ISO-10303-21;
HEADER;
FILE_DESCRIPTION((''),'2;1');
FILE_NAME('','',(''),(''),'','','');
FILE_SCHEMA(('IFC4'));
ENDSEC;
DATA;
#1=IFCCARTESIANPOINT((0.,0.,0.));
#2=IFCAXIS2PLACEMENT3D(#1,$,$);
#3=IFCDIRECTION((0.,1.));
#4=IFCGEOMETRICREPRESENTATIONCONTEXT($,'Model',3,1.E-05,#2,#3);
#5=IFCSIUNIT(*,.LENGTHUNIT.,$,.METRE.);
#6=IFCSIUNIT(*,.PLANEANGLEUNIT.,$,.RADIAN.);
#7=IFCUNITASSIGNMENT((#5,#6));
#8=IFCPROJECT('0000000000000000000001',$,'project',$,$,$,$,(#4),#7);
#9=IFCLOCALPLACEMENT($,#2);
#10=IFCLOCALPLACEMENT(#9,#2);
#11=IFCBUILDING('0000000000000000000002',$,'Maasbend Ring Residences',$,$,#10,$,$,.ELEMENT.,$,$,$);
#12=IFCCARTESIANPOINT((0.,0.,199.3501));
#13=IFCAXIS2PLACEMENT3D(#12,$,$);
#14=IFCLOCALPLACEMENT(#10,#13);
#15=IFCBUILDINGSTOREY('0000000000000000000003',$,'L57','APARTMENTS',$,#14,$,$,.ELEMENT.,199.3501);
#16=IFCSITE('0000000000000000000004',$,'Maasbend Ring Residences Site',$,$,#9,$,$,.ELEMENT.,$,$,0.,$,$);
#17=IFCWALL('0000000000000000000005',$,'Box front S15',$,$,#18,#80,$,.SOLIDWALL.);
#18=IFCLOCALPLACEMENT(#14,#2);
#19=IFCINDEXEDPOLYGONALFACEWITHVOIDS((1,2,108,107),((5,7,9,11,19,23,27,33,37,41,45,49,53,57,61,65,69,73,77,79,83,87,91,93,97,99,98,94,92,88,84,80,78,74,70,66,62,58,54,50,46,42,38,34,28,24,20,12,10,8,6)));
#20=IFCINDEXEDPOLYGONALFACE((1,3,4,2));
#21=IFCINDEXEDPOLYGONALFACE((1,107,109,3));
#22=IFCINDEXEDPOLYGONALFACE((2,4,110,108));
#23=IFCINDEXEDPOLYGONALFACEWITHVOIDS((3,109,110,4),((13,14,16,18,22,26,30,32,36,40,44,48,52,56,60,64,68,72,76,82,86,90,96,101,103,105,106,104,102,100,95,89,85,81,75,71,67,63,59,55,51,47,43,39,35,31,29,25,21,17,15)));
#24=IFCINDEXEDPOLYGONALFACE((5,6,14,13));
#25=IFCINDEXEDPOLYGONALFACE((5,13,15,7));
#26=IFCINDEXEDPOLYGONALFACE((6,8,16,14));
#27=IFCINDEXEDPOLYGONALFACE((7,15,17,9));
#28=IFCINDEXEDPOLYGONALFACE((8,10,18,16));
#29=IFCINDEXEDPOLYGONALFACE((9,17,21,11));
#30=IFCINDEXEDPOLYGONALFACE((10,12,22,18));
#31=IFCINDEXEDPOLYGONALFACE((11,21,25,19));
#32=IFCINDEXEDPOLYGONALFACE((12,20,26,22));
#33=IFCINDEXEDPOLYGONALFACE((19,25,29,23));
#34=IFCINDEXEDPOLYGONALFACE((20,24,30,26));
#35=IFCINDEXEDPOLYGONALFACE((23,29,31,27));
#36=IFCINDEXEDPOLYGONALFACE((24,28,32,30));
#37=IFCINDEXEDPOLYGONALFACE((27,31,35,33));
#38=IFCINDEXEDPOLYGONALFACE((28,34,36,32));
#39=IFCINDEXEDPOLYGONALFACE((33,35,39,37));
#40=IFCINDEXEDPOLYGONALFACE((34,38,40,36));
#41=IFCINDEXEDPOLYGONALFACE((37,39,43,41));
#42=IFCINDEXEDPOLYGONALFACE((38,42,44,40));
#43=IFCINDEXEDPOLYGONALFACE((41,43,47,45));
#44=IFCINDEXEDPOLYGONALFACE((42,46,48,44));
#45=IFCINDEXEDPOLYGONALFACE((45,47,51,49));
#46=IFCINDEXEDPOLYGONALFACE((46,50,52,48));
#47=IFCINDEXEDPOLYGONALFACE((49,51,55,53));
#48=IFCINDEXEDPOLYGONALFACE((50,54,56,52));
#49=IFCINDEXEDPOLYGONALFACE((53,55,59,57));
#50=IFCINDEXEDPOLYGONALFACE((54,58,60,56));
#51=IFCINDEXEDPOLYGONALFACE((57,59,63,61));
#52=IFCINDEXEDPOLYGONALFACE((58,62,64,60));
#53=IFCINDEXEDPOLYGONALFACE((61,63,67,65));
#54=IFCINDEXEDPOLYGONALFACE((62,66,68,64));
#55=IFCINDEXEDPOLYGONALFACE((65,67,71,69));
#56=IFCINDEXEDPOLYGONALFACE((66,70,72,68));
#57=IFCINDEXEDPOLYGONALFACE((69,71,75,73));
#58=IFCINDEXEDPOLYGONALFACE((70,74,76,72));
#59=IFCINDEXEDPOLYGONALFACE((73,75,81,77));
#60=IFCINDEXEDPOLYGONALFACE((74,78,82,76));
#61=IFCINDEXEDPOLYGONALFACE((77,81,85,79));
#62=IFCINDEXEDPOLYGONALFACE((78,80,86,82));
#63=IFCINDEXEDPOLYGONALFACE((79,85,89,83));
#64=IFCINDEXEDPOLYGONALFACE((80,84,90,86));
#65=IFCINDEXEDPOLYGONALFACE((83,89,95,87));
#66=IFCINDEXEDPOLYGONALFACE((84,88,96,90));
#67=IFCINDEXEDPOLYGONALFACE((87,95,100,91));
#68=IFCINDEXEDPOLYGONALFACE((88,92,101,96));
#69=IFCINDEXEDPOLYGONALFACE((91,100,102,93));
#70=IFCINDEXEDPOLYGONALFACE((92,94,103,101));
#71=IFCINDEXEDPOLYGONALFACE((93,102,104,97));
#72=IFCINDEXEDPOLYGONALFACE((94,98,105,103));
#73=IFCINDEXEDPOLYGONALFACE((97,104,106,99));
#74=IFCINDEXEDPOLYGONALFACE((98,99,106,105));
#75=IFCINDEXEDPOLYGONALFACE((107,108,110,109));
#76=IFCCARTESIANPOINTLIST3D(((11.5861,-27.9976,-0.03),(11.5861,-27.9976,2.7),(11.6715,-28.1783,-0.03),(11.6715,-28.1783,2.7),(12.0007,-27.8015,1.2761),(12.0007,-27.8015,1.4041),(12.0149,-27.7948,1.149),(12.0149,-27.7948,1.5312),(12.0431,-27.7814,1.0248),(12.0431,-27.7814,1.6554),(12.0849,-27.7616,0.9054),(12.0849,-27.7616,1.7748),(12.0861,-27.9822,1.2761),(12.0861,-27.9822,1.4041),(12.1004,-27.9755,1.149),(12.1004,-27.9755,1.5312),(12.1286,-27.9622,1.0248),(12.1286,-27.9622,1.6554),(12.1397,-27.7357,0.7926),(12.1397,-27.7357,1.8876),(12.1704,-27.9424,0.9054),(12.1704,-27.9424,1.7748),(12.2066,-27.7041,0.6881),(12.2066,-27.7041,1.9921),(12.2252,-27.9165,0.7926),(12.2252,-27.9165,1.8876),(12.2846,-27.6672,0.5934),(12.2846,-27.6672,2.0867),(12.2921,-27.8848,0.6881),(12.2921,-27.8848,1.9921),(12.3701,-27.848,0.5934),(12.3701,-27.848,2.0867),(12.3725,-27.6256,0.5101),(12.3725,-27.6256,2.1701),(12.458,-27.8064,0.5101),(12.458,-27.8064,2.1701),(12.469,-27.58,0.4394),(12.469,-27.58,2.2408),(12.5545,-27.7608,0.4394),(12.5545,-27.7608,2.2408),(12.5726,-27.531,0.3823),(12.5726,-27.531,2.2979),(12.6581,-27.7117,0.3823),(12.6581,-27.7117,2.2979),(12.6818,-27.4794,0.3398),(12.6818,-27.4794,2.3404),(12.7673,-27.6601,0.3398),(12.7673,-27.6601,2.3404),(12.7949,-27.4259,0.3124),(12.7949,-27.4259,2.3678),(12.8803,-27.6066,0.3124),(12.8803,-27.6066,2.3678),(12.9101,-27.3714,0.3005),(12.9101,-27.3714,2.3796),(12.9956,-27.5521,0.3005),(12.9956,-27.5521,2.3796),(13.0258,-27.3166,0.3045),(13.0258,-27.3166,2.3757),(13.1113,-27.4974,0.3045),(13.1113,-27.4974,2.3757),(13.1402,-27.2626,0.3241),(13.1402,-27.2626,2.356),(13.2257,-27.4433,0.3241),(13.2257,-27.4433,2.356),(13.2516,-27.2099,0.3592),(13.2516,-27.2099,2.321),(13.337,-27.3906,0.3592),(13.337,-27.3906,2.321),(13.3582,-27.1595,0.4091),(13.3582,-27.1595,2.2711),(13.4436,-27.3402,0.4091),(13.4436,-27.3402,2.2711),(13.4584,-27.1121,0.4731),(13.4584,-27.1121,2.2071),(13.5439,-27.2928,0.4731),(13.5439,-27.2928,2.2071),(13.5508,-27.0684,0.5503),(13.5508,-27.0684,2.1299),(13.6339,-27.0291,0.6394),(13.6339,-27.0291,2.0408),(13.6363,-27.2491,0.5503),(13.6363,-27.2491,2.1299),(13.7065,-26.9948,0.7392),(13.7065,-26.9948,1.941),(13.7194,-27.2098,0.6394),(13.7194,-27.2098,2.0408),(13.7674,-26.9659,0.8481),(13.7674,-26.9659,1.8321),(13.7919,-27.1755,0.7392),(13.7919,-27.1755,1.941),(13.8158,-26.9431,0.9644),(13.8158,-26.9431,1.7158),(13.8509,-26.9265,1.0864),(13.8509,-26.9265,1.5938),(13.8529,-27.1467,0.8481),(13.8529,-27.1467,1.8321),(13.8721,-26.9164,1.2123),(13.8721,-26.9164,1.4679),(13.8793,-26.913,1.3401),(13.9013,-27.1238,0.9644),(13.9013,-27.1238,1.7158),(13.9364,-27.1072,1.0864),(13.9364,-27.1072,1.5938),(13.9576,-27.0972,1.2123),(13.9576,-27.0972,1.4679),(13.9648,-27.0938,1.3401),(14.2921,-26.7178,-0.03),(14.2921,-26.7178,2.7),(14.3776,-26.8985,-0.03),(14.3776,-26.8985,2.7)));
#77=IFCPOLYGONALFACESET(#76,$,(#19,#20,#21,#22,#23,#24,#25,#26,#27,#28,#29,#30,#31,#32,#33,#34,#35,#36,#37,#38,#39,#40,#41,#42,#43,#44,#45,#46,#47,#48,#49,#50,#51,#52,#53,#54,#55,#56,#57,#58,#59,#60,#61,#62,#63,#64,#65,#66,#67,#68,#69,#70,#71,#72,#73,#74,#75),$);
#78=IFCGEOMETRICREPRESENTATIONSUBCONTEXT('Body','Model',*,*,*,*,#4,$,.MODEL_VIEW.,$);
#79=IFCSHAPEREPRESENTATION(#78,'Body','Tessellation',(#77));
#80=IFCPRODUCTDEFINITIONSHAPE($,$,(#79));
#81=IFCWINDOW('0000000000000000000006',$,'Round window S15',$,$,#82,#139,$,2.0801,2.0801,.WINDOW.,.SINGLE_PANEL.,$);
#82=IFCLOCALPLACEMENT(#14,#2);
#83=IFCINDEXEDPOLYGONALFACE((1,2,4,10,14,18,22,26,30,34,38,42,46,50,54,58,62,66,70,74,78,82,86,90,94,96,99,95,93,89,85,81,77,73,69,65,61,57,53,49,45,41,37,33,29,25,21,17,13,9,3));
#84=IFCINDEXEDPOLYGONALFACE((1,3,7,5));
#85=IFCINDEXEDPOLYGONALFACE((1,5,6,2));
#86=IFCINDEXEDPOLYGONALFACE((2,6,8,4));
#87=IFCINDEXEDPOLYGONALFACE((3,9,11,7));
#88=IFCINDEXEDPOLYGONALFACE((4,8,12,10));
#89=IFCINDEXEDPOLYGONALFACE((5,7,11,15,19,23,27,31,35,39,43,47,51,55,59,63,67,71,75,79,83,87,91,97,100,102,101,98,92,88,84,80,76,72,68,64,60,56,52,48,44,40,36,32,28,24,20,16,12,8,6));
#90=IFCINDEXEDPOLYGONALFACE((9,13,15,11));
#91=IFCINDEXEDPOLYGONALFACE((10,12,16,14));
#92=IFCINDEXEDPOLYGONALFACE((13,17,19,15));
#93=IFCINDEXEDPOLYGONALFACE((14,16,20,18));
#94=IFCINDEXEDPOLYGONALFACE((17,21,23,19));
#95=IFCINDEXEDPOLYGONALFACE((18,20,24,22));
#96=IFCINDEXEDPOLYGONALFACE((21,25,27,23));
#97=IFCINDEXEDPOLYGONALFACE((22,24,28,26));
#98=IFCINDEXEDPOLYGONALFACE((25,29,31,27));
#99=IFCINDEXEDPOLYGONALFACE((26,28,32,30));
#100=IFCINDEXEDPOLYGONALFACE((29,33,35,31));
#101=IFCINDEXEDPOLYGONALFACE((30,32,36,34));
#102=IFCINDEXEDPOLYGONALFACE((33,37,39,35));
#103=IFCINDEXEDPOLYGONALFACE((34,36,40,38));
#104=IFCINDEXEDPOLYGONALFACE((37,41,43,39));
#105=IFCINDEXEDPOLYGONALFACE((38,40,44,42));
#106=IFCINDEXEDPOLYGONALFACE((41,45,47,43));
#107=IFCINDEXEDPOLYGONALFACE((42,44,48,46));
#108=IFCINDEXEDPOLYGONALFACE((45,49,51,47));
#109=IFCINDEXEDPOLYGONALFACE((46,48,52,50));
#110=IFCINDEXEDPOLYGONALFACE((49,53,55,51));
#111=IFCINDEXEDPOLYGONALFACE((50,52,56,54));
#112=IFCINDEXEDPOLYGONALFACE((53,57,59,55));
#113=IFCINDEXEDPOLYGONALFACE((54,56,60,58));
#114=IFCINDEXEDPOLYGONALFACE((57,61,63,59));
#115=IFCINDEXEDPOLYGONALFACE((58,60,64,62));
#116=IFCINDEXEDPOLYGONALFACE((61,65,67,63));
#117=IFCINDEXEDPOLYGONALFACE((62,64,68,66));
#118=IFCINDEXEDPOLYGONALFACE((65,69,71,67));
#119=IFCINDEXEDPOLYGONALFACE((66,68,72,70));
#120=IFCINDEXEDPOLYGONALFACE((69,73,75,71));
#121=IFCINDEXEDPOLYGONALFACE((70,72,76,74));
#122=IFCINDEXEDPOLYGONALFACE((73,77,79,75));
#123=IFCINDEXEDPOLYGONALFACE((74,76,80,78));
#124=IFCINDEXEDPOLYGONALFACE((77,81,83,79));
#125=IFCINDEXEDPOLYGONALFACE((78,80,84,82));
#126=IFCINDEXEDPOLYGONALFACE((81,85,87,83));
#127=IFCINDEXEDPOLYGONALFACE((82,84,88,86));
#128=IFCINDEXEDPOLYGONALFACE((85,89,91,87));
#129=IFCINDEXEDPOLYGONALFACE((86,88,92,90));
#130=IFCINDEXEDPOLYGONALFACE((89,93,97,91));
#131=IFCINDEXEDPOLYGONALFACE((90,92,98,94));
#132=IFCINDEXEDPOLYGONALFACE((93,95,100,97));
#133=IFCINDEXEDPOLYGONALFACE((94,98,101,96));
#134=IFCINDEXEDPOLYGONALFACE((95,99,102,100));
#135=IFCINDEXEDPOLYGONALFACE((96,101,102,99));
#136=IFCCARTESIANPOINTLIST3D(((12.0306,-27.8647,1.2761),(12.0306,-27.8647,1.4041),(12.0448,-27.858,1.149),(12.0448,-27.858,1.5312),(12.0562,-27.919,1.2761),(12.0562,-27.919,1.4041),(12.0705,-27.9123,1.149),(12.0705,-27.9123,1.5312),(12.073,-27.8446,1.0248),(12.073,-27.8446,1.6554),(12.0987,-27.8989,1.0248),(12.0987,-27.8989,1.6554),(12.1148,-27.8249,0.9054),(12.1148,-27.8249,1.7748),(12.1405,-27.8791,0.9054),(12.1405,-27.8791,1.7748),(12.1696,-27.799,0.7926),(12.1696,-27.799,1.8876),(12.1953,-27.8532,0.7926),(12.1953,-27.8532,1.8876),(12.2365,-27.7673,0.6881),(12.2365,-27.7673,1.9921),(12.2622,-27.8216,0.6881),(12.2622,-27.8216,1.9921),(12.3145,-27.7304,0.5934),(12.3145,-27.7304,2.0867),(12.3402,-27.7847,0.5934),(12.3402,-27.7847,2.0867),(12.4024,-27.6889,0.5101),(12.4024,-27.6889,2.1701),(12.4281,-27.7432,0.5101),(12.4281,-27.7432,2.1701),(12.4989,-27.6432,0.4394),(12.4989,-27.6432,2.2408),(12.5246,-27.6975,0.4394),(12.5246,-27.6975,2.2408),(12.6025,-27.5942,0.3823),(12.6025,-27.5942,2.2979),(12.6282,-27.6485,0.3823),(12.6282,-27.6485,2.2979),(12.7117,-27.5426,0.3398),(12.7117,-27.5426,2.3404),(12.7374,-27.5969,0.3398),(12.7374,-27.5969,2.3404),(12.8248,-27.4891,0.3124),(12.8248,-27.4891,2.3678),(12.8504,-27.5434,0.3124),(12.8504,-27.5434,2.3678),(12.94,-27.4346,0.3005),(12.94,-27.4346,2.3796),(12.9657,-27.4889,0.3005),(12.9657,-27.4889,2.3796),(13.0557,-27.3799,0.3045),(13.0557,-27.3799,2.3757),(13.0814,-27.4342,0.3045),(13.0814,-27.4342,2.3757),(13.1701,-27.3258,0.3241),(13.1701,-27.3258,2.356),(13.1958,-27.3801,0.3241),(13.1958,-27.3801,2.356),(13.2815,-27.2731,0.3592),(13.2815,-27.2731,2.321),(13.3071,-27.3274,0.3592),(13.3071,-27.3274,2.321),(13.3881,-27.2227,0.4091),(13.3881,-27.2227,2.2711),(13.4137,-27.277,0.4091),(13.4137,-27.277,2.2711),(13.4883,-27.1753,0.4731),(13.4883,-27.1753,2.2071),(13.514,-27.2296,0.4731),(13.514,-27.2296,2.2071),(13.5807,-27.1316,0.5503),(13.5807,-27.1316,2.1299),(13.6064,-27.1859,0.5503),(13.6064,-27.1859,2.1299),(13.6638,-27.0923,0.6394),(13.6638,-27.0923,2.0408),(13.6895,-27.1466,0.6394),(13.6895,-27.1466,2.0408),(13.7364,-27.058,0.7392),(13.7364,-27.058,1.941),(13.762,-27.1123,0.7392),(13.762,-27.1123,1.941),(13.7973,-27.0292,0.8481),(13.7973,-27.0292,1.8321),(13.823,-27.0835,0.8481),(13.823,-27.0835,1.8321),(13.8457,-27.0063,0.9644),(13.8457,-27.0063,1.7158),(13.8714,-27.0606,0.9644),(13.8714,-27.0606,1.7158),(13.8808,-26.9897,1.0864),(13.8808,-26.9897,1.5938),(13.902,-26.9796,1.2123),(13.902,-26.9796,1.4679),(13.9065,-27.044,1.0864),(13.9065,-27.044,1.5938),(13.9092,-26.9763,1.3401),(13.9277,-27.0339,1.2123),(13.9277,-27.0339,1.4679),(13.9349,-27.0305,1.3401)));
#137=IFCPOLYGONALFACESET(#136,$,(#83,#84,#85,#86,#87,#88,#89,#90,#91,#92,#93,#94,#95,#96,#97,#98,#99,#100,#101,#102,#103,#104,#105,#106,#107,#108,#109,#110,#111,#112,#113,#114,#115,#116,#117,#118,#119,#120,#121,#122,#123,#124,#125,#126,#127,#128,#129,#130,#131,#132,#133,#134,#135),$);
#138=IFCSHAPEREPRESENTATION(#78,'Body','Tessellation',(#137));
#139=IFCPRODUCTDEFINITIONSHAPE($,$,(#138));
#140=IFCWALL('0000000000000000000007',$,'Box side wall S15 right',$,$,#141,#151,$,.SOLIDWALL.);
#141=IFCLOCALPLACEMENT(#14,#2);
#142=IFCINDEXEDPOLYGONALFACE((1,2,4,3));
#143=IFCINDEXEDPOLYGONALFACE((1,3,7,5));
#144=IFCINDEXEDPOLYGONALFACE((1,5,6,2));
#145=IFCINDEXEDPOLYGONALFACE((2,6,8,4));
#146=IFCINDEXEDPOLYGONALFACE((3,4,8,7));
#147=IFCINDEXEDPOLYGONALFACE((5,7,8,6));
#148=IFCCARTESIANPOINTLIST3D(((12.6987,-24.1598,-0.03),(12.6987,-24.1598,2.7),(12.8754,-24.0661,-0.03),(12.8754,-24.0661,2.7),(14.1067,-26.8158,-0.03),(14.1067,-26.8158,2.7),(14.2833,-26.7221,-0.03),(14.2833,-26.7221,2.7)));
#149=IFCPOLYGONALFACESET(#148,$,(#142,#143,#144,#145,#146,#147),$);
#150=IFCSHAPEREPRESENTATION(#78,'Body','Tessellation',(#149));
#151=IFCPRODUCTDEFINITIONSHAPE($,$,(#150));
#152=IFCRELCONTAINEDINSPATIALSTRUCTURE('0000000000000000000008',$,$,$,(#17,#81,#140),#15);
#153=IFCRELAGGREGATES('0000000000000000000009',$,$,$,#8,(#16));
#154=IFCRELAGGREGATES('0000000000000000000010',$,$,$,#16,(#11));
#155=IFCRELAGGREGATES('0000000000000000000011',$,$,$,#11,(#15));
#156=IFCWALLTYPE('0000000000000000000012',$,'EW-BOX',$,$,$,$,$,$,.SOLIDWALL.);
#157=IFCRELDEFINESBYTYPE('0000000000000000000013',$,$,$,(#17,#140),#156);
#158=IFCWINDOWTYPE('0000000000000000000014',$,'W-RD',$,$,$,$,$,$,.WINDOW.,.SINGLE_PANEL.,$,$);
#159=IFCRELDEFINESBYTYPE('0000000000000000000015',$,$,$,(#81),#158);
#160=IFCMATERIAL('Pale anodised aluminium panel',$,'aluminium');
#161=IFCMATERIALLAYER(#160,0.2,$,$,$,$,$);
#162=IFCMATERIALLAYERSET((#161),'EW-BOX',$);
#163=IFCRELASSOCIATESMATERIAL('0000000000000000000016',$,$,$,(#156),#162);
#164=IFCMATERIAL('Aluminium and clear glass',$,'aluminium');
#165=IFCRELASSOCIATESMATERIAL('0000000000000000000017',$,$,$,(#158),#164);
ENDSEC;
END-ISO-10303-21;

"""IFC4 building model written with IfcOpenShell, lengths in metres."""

from ifc_helpers import new_model, si_unit, direction, frame, frame_2d, origin, place, context, subcontext, project, spatial, rectangle, circle, extrude, material, layer, layer_set, type_object, element, fill, save


model = new_model("IFC4")

# Units and contexts
model_context = context("Model", 3, precision=1e-05, world=origin(), true_north=direction((0.0, 1.0)))
body_context = subcontext(model_context, "Body", "Model", "MODEL_VIEW")
ifc_project = project(units=[si_unit("LENGTHUNIT", "METRE"), si_unit("PLANEANGLEUNIT", "RADIAN")], contexts=[model_context])

# Site, building, storey
site_placement = place(None, origin())
site = spatial("IfcSite", under=ifc_project, at=site_placement, Name="Maasbend Ring Residences Site", CompositionType="ELEMENT", RefElevation=0.0)
building_placement = place(site_placement, origin())
building = spatial("IfcBuilding", under=site, at=building_placement, Name="Maasbend Ring Residences", CompositionType="ELEMENT")
storey_placement = place(building_placement, frame((0.0, 0.0, 199.3501)))
storey = spatial("IfcBuildingStorey", under=building, at=storey_placement, Name="L57", Description="APARTMENTS", CompositionType="ELEMENT", Elevation=199.3501)

# Wall, opening, window
ifc_material_1 = material(Name="Pale anodised aluminium panel", Category="aluminium")
ifc_layer_1 = layer(ifc_material_1, 0.2)
ifc_layer_set_1 = layer_set([ifc_layer_1], Name="EW-BOX")
wall_type_1 = type_object("IfcWallType", Name="EW-BOX", PredefinedType="SOLIDWALL", material=ifc_layer_set_1)
wall_1_placement = place(storey_placement, frame((11.6289, -28.0879, -0.03), z_axis=(0.0, 0.0, 1.0), x_axis=(0.904, 0.427532, 0.0)))
wall_1 = element("IfcWall", 1, at=wall_1_placement, inside=storey, type_object=wall_type_1, Name="Box front S15", PredefinedType="SOLIDWALL", context=body_context, shape_type="SweptSolid", body=[
    extrude(rectangle(XDim=2.9934, YDim=0.2, at=frame_2d((1.4966, 0.0))), origin(), (0.0, 0.0, 1.0), 2.73),
])
opening_1_placement = place(wall_1_placement, frame((0.4565, 0.0, 0.3301)))
opening_1 = element("IfcOpeningElement", 2, at=opening_1_placement, cuts=wall_1, PredefinedType="OPENING", context=body_context, shape_type="SweptSolid", body=[
    extrude(circle(Radius=1.04, at=frame_2d((1.04, 1.04))), frame((0.0, 0.1099, 0.0), z_axis=(0.0, -1.0, 0.0), x_axis=(1.0, 0.0, 0.0)), (0.0, 0.0, 1.0), 0.22),
])
ifc_material_2 = material(Name="Aluminium and clear glass", Category="aluminium")
window_type_1 = type_object("IfcWindowType", Name="W-RD", PartitioningType="SINGLE_PANEL", PredefinedType="WINDOW", material=ifc_material_2)
window_1_placement = place(opening_1_placement, origin())
window_1 = element("IfcWindow", 3, at=window_1_placement, inside=storey, type_object=window_type_1, Name="Round window S15", OverallHeight=2.0801, OverallWidth=2.0801, PartitioningType="SINGLE_PANEL", PredefinedType="WINDOW", context=body_context, shape_type="SweptSolid", body=[
    extrude(circle(Radius=1.04, at=frame_2d((1.04, 1.04))), frame((0.0, 0.03, 0.0), z_axis=(0.0, -1.0, 0.0), x_axis=(1.0, 0.0, 0.0)), (0.0, 0.0, 1.0), 0.0601),
])
fill(opening_1, window_1)

# Wall
wall_2_placement = place(storey_placement, frame((12.7871, -24.113, -0.03), z_axis=(0.0, 0.0, 1.0), x_axis=(0.468365, -0.883535, 0.0)))
element("IfcWall", 4, at=wall_2_placement, inside=storey, type_object=wall_type_1, Name="Box side wall S15 right", PredefinedType="SOLIDWALL", context=body_context, shape_type="SweptSolid", body=[
    extrude(rectangle(XDim=3.0061, YDim=0.2, at=frame_2d((1.5029, 0.0))), origin(), (0.0, 0.0, 1.0), 2.73),
])

save(model, "model.ifc")
